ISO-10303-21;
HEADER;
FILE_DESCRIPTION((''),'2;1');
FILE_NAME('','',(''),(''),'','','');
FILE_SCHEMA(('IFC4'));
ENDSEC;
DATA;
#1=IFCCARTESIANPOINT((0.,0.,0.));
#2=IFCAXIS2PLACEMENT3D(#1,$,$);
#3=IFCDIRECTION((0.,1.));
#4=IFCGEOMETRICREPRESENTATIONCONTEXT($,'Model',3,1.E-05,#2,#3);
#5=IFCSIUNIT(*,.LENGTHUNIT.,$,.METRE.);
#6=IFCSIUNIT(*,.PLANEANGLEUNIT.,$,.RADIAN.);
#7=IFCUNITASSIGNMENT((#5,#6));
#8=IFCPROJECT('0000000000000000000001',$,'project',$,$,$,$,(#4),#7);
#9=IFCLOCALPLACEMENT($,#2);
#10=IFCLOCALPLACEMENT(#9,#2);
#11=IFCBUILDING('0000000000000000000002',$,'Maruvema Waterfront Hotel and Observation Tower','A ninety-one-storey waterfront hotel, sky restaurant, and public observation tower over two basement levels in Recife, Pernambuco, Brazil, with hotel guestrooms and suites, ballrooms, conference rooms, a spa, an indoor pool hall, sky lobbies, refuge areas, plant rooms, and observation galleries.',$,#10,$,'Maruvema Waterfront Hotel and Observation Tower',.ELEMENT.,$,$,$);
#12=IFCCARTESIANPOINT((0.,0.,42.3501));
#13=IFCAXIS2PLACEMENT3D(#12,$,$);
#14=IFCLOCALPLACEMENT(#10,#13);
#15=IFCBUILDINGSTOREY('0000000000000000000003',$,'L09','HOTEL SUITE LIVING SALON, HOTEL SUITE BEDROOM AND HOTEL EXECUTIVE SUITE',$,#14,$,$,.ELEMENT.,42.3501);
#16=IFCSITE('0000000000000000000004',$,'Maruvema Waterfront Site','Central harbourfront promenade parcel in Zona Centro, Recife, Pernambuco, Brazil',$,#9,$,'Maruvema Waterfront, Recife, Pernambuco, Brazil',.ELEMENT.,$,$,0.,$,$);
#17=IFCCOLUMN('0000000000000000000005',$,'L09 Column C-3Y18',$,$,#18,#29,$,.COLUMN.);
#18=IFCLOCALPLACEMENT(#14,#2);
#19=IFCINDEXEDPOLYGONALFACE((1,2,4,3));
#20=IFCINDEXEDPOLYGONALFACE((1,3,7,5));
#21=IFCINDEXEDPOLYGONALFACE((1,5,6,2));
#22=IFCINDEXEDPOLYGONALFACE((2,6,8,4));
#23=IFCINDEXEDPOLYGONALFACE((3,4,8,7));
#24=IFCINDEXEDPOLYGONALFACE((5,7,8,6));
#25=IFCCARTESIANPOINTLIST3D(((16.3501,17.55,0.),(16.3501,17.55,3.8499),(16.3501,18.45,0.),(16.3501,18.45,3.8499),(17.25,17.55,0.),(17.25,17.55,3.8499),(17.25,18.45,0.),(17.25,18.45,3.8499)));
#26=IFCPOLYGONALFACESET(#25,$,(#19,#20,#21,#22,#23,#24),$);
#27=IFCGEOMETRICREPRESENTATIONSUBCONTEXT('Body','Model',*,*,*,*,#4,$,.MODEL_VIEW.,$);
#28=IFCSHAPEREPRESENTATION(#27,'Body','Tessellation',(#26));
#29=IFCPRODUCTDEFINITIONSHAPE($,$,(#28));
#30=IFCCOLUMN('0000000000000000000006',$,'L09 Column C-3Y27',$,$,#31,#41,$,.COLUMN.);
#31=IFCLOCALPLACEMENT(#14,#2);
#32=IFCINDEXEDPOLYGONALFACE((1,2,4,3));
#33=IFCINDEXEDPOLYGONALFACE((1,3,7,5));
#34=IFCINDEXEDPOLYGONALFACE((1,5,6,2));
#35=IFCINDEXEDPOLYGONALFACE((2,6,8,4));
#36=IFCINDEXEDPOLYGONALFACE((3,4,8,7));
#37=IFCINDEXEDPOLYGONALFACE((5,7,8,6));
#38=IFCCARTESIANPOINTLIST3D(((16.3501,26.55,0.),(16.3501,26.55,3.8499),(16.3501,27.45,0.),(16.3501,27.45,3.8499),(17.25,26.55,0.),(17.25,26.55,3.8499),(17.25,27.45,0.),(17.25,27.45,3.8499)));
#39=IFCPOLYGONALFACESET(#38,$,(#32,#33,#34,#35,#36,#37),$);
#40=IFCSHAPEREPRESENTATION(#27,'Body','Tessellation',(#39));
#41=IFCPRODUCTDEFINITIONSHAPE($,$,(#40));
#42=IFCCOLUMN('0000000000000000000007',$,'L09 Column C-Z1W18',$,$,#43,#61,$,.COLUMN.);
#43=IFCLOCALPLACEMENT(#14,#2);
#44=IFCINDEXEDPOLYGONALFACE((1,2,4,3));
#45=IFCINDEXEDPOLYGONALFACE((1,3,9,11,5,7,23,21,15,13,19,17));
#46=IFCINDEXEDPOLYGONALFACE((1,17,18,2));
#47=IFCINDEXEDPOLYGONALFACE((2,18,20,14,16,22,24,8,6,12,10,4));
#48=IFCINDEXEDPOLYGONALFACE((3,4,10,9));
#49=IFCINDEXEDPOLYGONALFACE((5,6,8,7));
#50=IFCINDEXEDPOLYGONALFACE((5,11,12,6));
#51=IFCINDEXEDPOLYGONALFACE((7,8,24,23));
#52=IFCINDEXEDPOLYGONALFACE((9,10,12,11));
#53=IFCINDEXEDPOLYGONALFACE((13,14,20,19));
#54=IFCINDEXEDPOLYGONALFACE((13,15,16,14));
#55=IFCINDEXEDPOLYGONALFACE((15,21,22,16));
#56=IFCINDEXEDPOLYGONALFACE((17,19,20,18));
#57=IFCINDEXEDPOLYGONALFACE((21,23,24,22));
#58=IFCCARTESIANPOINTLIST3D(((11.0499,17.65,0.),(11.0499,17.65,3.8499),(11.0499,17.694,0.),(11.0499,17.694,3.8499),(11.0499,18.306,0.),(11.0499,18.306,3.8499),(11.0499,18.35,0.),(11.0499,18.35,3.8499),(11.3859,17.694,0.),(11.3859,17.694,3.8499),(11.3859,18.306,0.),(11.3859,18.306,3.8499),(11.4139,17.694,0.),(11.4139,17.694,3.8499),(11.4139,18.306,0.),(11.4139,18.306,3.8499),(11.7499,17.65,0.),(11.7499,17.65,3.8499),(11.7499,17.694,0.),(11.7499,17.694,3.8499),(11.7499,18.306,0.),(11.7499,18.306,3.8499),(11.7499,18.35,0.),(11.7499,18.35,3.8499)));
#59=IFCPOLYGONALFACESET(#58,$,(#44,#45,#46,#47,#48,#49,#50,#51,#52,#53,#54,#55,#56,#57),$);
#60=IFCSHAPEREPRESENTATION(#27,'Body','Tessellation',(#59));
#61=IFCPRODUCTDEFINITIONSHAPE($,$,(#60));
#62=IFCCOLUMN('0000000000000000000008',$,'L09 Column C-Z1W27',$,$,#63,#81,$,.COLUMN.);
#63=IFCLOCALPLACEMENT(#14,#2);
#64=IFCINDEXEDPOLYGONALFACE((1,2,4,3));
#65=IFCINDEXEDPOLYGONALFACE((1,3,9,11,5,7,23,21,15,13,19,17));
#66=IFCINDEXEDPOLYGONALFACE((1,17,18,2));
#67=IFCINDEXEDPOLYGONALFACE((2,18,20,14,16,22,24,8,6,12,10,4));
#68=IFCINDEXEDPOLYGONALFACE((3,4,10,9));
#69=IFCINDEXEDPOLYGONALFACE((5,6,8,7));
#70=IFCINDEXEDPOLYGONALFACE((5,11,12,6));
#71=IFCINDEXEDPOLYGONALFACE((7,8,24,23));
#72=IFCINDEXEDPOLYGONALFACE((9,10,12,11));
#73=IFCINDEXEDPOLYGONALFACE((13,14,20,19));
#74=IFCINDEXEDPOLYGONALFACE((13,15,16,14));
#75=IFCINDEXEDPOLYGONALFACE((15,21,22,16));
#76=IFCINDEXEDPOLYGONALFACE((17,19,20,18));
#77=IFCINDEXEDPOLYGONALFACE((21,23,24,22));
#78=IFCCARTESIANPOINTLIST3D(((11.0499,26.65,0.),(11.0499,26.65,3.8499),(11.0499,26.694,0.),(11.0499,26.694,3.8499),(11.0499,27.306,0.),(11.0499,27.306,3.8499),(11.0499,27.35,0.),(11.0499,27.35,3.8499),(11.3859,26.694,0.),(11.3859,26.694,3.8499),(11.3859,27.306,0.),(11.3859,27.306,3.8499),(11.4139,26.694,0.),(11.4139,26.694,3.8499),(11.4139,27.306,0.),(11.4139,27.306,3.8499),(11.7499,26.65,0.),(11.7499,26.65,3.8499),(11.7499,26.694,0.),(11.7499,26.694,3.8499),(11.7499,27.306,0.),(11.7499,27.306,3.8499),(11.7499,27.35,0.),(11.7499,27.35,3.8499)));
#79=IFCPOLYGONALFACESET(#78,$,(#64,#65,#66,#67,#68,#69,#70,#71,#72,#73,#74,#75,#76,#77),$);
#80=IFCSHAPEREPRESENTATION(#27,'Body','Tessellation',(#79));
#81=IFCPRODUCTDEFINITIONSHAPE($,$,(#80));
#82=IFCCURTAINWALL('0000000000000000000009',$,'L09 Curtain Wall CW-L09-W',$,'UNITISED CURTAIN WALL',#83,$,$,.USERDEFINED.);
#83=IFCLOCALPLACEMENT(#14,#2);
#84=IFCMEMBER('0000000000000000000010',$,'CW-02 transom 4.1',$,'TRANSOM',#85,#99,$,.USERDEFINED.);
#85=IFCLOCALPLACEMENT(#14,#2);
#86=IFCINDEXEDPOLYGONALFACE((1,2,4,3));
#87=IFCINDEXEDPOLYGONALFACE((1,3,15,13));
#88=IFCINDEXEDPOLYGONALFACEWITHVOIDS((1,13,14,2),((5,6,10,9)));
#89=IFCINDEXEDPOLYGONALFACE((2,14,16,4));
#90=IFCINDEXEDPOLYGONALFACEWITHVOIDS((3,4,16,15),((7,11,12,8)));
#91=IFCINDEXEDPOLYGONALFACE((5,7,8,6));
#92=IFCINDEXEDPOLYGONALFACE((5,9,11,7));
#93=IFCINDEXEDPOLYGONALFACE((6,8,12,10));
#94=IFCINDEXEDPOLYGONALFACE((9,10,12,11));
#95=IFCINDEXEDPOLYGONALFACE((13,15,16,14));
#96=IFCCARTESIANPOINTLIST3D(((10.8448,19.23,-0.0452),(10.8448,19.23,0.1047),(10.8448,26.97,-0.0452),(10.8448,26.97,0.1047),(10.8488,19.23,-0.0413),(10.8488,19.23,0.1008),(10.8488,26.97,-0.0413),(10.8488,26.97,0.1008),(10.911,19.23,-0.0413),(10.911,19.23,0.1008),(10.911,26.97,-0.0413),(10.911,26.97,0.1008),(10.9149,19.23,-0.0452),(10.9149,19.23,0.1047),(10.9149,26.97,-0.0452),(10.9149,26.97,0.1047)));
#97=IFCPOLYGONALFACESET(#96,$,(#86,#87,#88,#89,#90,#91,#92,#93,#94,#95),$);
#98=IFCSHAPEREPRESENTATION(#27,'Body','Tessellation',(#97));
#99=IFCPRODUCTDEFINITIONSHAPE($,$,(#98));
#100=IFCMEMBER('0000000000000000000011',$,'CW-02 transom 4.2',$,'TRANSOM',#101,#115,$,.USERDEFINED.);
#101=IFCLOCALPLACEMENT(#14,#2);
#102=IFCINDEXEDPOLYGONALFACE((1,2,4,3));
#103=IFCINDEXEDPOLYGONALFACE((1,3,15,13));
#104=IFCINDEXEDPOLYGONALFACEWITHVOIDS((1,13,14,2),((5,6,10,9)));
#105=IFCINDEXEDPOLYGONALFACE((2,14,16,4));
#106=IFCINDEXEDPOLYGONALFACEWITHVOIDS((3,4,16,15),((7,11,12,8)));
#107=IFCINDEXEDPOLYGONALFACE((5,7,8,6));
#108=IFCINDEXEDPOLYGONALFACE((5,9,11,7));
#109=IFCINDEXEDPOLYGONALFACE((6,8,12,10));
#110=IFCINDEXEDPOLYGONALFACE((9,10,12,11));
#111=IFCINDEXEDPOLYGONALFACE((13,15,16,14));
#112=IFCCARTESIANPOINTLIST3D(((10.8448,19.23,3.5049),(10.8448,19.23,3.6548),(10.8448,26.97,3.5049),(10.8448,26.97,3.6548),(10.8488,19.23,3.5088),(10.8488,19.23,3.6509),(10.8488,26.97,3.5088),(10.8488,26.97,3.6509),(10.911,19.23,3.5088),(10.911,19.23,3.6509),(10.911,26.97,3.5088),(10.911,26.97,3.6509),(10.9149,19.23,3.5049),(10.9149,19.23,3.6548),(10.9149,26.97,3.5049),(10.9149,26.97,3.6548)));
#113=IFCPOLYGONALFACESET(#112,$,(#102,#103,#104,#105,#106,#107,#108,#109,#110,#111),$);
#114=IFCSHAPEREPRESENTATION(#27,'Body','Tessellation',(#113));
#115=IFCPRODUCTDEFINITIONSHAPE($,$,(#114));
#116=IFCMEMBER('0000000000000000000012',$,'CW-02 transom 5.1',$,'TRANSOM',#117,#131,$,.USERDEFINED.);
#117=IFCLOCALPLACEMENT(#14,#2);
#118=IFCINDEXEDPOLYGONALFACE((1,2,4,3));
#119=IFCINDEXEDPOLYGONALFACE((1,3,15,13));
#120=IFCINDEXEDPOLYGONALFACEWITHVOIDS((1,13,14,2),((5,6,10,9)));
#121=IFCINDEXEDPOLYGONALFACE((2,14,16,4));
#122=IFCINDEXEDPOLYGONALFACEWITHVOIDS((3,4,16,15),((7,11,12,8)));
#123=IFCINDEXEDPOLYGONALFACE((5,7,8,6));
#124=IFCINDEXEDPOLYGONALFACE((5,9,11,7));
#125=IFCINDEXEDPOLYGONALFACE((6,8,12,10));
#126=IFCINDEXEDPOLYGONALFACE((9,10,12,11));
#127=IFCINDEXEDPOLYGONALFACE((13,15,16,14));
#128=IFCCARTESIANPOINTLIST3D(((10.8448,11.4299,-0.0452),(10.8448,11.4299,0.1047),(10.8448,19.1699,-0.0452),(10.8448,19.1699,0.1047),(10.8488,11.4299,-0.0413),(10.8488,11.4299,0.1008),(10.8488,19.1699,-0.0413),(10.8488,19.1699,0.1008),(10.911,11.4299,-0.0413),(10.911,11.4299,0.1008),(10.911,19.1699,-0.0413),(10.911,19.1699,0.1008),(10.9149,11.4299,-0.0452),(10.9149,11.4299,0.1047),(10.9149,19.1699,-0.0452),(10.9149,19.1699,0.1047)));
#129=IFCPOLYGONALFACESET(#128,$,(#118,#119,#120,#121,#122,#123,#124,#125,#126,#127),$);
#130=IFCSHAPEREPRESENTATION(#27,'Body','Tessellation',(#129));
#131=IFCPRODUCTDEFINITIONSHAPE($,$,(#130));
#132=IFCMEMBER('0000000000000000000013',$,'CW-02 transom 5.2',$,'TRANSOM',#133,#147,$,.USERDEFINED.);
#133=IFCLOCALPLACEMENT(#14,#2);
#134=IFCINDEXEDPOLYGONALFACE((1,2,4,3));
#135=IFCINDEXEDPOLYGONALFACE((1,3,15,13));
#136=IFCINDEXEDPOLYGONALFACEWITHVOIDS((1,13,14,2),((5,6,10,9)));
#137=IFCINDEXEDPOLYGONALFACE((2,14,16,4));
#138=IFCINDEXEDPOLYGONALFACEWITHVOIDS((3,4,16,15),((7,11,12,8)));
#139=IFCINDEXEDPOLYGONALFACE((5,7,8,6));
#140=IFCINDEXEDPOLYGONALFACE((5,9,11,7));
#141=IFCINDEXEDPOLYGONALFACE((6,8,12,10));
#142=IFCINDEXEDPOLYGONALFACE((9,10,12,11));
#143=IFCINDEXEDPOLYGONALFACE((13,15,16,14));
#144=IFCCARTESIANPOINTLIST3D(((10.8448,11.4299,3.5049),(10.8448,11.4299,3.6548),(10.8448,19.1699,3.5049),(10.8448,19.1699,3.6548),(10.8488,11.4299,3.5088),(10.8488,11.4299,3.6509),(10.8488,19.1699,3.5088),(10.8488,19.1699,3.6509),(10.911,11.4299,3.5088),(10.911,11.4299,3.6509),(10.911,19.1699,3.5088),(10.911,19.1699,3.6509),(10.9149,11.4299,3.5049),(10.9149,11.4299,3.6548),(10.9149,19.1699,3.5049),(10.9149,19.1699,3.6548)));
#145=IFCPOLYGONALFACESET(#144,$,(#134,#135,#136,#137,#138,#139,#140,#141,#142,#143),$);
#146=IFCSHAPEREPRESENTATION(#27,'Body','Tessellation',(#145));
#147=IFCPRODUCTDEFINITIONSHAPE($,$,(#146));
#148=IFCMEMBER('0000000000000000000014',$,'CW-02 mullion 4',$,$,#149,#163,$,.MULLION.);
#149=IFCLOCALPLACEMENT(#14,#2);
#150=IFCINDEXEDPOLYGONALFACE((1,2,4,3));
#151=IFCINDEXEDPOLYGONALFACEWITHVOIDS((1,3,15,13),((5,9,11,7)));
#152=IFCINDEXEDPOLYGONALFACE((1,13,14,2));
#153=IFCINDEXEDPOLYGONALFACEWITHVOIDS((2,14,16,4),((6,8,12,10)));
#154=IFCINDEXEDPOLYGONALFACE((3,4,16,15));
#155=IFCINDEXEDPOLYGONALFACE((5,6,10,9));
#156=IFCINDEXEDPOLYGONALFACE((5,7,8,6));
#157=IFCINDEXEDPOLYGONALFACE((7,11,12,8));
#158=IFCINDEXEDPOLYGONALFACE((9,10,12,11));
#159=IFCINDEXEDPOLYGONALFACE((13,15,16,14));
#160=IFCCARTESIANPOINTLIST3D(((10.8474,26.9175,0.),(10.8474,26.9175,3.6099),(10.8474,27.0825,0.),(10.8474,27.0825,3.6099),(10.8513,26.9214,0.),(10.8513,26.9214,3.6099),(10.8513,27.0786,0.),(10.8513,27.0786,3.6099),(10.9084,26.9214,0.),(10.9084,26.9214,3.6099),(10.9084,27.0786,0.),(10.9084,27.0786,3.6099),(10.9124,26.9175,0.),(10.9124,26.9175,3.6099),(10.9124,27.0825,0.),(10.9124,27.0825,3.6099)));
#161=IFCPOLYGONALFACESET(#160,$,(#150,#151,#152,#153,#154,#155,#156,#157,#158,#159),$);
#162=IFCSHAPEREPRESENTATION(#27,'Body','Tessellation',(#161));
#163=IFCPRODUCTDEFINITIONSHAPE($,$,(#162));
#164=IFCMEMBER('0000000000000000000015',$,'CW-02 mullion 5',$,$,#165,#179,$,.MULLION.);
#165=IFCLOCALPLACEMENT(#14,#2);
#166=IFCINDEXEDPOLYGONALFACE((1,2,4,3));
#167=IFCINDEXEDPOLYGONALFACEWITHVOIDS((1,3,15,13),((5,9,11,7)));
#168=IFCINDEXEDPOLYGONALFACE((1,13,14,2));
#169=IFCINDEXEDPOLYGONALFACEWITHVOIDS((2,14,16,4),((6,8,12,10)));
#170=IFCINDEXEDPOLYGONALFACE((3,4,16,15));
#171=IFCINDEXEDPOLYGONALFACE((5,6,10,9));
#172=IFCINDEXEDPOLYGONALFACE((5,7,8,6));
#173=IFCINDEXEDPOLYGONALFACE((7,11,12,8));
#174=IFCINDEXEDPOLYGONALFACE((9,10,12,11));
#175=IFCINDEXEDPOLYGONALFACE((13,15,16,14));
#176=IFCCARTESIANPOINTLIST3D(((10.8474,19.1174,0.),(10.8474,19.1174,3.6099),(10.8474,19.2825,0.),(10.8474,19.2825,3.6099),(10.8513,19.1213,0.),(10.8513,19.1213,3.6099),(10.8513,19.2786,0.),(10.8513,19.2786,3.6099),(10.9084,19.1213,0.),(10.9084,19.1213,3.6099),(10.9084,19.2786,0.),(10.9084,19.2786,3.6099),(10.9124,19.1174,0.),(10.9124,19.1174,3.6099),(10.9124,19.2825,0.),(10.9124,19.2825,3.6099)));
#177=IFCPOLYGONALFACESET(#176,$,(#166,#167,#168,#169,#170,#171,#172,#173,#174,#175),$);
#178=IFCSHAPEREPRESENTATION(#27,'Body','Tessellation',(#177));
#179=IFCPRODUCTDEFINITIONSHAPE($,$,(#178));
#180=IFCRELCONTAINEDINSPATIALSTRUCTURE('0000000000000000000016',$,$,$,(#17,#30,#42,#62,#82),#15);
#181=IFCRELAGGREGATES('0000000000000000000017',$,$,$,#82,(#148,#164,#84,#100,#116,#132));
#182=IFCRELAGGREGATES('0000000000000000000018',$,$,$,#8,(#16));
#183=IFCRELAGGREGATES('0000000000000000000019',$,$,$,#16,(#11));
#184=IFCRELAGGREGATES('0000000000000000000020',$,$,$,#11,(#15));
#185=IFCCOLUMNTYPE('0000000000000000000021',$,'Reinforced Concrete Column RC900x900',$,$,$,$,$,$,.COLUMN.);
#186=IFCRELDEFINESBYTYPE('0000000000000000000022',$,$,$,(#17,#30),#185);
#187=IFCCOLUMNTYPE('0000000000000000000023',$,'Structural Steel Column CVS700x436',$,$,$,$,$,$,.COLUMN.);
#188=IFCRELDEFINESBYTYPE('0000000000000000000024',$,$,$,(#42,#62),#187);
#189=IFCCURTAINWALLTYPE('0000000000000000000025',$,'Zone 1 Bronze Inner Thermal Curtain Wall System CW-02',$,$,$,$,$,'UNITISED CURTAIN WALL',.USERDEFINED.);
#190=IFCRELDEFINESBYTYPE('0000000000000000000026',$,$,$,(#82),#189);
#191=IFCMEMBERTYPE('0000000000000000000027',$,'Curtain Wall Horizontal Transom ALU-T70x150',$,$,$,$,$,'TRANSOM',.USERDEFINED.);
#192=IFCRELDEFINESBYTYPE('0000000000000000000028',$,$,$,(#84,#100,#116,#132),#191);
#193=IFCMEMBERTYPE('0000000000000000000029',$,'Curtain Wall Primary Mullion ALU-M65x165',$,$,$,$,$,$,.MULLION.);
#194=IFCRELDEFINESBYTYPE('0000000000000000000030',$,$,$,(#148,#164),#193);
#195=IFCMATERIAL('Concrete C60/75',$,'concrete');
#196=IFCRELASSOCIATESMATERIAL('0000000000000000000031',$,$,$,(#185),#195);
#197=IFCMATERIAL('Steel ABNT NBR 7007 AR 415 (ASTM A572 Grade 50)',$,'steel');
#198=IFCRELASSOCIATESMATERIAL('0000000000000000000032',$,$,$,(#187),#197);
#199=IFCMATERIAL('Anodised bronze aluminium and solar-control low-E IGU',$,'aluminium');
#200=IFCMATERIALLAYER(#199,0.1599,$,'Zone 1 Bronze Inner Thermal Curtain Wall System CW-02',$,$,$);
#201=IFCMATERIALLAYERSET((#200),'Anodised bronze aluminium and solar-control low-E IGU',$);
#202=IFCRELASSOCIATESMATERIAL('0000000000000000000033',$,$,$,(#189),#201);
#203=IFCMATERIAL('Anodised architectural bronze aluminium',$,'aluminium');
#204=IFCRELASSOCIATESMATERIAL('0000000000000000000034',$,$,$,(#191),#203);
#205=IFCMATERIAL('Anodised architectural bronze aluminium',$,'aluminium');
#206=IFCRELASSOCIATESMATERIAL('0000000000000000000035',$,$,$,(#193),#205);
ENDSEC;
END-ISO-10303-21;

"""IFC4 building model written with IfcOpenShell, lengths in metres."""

from ifc_helpers import new_model, si_unit, direction, frame, origin, origin_2d, place, context, subcontext, project, spatial, rectangle, hollow_rectangle, i_section, extrude, material, layer, layer_set, material_profile, profile_set, type_object, element, aggregate, save


model = new_model("IFC4")

# Units and contexts
model_context = context("Model", 3, precision=1e-05, world=origin(), true_north=direction((0.0, 1.0)))
body_context = subcontext(model_context, "Body", "Model", "MODEL_VIEW")
ifc_project = project(units=[si_unit("LENGTHUNIT", "METRE"), si_unit("PLANEANGLEUNIT", "RADIAN")], contexts=[model_context])

# Site, building, storey
site_placement = place(None, origin())
site = spatial("IfcSite", under=ifc_project, at=site_placement, Name="Maruvema Waterfront Site", Description="Central harbourfront promenade parcel in Zona Centro, Recife, Pernambuco, Brazil", LongName="Maruvema Waterfront, Recife, Pernambuco, Brazil", CompositionType="ELEMENT", RefElevation=0.0)
building_placement = place(site_placement, origin())
building = spatial("IfcBuilding", under=site, at=building_placement, Name="Maruvema Waterfront Hotel and Observation Tower", Description="A ninety-one-storey waterfront hotel, sky restaurant, and public observation tower over two basement levels in Recife, Pernambuco, Brazil, with hotel guestrooms and suites, ballrooms, conference rooms, a spa, an indoor pool hall, sky lobbies, refuge areas, plant rooms, and observation galleries.", LongName="Maruvema Waterfront Hotel and Observation Tower", CompositionType="ELEMENT")
storey_placement = place(building_placement, frame((0.0, 0.0, 42.3501)))
storey = spatial("IfcBuildingStorey", under=building, at=storey_placement, Name="L09", Description="HOTEL SUITE LIVING SALON, HOTEL SUITE BEDROOM AND HOTEL EXECUTIVE SUITE", CompositionType="ELEMENT", Elevation=42.3501)

# Columns
ifc_material_1 = material(Name="Concrete C60/75", Category="concrete")
ifc_material_profile_1 = material_profile(ifc_material_1, rectangle(XDim=0.8999, YDim=0.8999, at=origin_2d()), Name="RC900x900")
ifc_profile_set_1 = profile_set([ifc_material_profile_1], Name="Concrete C60/75")
column_type_1 = type_object("IfcColumnType", Name="Reinforced Concrete Column RC900x900", PredefinedType="COLUMN", material=ifc_profile_set_1)
for number, where, z_axis, x_axis, name in (
    (1, (16.8, 18.0, 0.0), (0.0, 0.0, 1.0), (1.0, 0.0, 0.0), "L09 Column C-3Y18"),
    (2, (16.8, 27.0, 0.0), (0.0, 0.0, 1.0), (1.0, 0.0, 0.0), "L09 Column C-3Y27"),
):
    element("IfcColumn", number, at=place(storey_placement, frame(where, z_axis=z_axis, x_axis=x_axis)), inside=storey, type_object=column_type_1, Name=name, PredefinedType="COLUMN", context=body_context, shape_type="SweptSolid", body=[
        extrude(rectangle(XDim=0.8999, YDim=0.8999, at=origin_2d()), origin(), (0.0, 0.0, 1.0), 3.8499),
    ])
ifc_material_2 = material(Name="Steel ABNT NBR 7007 AR 415 (ASTM A572 Grade 50)", Category="steel")
ifc_material_profile_2 = material_profile(ifc_material_2, i_section(OverallWidth=0.7, OverallDepth=0.7, WebThickness=0.0281, FlangeThickness=0.0439, at=origin_2d()), Name="CVS700x436")
ifc_profile_set_2 = profile_set([ifc_material_profile_2], Name="Steel ABNT NBR 7007 AR 415 (ASTM A572 Grade 50)")
column_type_2 = type_object("IfcColumnType", Name="Structural Steel Column CVS700x436", PredefinedType="COLUMN", material=ifc_profile_set_2)
for number, where, z_axis, x_axis, name in (
    (3, (11.3999, 18.0, 0.0), (0.0, 0.0, 1.0), (1.0, 0.0, 0.0), "L09 Column C-Z1W18"),
    (4, (11.3999, 27.0, 0.0), (0.0, 0.0, 1.0), (1.0, 0.0, 0.0), "L09 Column C-Z1W27"),
):
    element("IfcColumn", number, at=place(storey_placement, frame(where, z_axis=z_axis, x_axis=x_axis)), inside=storey, type_object=column_type_2, Name=name, PredefinedType="COLUMN", context=body_context, shape_type="SweptSolid", body=[
        extrude(i_section(OverallWidth=0.7, OverallDepth=0.7, WebThickness=0.0281, FlangeThickness=0.0439, at=origin_2d()), origin(), (0.0, 0.0, 1.0), 3.8499),
    ])

# Curtain wall, members
ifc_material_3 = material(Name="Anodised bronze aluminium and solar-control low-E IGU", Category="aluminium")
ifc_layer_1 = layer(ifc_material_3, 0.1599, Name="Zone 1 Bronze Inner Thermal Curtain Wall System CW-02")
ifc_layer_set_1 = layer_set([ifc_layer_1], Name="Anodised bronze aluminium and solar-control low-E IGU")
curtain_wall_type = type_object("IfcCurtainWallType", Name="Zone 1 Bronze Inner Thermal Curtain Wall System CW-02", ElementType="UNITISED CURTAIN WALL", PredefinedType="USERDEFINED", material=ifc_layer_set_1)
curtain_wall_placement = place(storey_placement, origin())
curtain_wall = element("IfcCurtainWall", 5, at=curtain_wall_placement, inside=storey, type_object=curtain_wall_type, Name="L09 Curtain Wall CW-L09-W", ObjectType="UNITISED CURTAIN WALL", PredefinedType="USERDEFINED")
ifc_material_4 = material(Name="Anodised architectural bronze aluminium", Category="aluminium")
ifc_material_profile_3 = material_profile(ifc_material_4, hollow_rectangle(XDim=0.0701, YDim=0.1499, WallThickness=0.0039, at=origin_2d()), Name="ALU-T70x150")
ifc_profile_set_3 = profile_set([ifc_material_profile_3], Name="Anodised architectural bronze aluminium")
member_type_1 = type_object("IfcMemberType", Name="Curtain Wall Horizontal Transom ALU-T70x150", ElementType="TRANSOM", PredefinedType="USERDEFINED", material=ifc_profile_set_3)
member_1_placement = place(storey_placement, frame((10.8799, 26.97, 0.0298), z_axis=(0.0, -1.0, 0.0), x_axis=(1.0, 0.0, 0.0)))
member_1 = element("IfcMember", 6, at=member_1_placement, type_object=member_type_1, Name="CW-02 transom 4.1", ObjectType="TRANSOM", PredefinedType="USERDEFINED", context=body_context, shape_type="SweptSolid", body=[
    extrude(hollow_rectangle(XDim=0.0701, YDim=0.1499, WallThickness=0.0039, at=origin_2d()), origin(), (0.0, 0.0, 1.0), 7.74),
])
member_2_placement = place(storey_placement, frame((10.8799, 26.97, 3.5798), z_axis=(0.0, -1.0, 0.0), x_axis=(1.0, 0.0, 0.0)))
member_2 = element("IfcMember", 7, at=member_2_placement, type_object=member_type_1, Name="CW-02 transom 4.2", ObjectType="TRANSOM", PredefinedType="USERDEFINED", context=body_context, shape_type="SweptSolid", body=[
    extrude(hollow_rectangle(XDim=0.0701, YDim=0.1499, WallThickness=0.0039, at=origin_2d()), origin(), (0.0, 0.0, 1.0), 7.74),
])
member_3_placement = place(storey_placement, frame((10.8799, 19.1699, 0.0298), z_axis=(0.0, -1.0, 0.0), x_axis=(1.0, 0.0, 0.0)))
member_3 = element("IfcMember", 8, at=member_3_placement, type_object=member_type_1, Name="CW-02 transom 5.1", ObjectType="TRANSOM", PredefinedType="USERDEFINED", context=body_context, shape_type="SweptSolid", body=[
    extrude(hollow_rectangle(XDim=0.0701, YDim=0.1499, WallThickness=0.0039, at=origin_2d()), origin(), (0.0, 0.0, 1.0), 7.74),
])
member_4_placement = place(storey_placement, frame((10.8799, 19.1699, 3.5798), z_axis=(0.0, -1.0, 0.0), x_axis=(1.0, 0.0, 0.0)))
member_4 = element("IfcMember", 9, at=member_4_placement, type_object=member_type_1, Name="CW-02 transom 5.2", ObjectType="TRANSOM", PredefinedType="USERDEFINED", context=body_context, shape_type="SweptSolid", body=[
    extrude(hollow_rectangle(XDim=0.0701, YDim=0.1499, WallThickness=0.0039, at=origin_2d()), origin(), (0.0, 0.0, 1.0), 7.74),
])
ifc_material_5 = material(Name="Anodised architectural bronze aluminium", Category="aluminium")
ifc_material_profile_4 = material_profile(ifc_material_5, hollow_rectangle(XDim=0.0649, YDim=0.165, WallThickness=0.0039, at=origin_2d()), Name="ALU-M65x165")
ifc_profile_set_4 = profile_set([ifc_material_profile_4], Name="Anodised architectural bronze aluminium")
member_type_2 = type_object("IfcMemberType", Name="Curtain Wall Primary Mullion ALU-M65x165", PredefinedType="MULLION", material=ifc_profile_set_4)
member_5_placement = place(storey_placement, frame((10.8799, 27.0, 0.0), z_axis=(0.0, 0.0, 1.0), x_axis=(1.0, 0.0, 0.0)))
member_5 = element("IfcMember", 10, at=member_5_placement, type_object=member_type_2, Name="CW-02 mullion 4", PredefinedType="MULLION", context=body_context, shape_type="SweptSolid", body=[
    extrude(hollow_rectangle(XDim=0.0649, YDim=0.165, WallThickness=0.0039, at=origin_2d()), origin(), (0.0, 0.0, 1.0), 3.6099),
])
member_6_placement = place(storey_placement, frame((10.8799, 19.2, 0.0), z_axis=(0.0, 0.0, 1.0), x_axis=(1.0, 0.0, 0.0)))
member_6 = element("IfcMember", 11, at=member_6_placement, type_object=member_type_2, Name="CW-02 mullion 5", PredefinedType="MULLION", context=body_context, shape_type="SweptSolid", body=[
    extrude(hollow_rectangle(XDim=0.0649, YDim=0.165, WallThickness=0.0039, at=origin_2d()), origin(), (0.0, 0.0, 1.0), 3.6099),
])

aggregate(curtain_wall, [member_5, member_6, member_1, member_2, member_3, member_4])

save(model, "model.ifc")
